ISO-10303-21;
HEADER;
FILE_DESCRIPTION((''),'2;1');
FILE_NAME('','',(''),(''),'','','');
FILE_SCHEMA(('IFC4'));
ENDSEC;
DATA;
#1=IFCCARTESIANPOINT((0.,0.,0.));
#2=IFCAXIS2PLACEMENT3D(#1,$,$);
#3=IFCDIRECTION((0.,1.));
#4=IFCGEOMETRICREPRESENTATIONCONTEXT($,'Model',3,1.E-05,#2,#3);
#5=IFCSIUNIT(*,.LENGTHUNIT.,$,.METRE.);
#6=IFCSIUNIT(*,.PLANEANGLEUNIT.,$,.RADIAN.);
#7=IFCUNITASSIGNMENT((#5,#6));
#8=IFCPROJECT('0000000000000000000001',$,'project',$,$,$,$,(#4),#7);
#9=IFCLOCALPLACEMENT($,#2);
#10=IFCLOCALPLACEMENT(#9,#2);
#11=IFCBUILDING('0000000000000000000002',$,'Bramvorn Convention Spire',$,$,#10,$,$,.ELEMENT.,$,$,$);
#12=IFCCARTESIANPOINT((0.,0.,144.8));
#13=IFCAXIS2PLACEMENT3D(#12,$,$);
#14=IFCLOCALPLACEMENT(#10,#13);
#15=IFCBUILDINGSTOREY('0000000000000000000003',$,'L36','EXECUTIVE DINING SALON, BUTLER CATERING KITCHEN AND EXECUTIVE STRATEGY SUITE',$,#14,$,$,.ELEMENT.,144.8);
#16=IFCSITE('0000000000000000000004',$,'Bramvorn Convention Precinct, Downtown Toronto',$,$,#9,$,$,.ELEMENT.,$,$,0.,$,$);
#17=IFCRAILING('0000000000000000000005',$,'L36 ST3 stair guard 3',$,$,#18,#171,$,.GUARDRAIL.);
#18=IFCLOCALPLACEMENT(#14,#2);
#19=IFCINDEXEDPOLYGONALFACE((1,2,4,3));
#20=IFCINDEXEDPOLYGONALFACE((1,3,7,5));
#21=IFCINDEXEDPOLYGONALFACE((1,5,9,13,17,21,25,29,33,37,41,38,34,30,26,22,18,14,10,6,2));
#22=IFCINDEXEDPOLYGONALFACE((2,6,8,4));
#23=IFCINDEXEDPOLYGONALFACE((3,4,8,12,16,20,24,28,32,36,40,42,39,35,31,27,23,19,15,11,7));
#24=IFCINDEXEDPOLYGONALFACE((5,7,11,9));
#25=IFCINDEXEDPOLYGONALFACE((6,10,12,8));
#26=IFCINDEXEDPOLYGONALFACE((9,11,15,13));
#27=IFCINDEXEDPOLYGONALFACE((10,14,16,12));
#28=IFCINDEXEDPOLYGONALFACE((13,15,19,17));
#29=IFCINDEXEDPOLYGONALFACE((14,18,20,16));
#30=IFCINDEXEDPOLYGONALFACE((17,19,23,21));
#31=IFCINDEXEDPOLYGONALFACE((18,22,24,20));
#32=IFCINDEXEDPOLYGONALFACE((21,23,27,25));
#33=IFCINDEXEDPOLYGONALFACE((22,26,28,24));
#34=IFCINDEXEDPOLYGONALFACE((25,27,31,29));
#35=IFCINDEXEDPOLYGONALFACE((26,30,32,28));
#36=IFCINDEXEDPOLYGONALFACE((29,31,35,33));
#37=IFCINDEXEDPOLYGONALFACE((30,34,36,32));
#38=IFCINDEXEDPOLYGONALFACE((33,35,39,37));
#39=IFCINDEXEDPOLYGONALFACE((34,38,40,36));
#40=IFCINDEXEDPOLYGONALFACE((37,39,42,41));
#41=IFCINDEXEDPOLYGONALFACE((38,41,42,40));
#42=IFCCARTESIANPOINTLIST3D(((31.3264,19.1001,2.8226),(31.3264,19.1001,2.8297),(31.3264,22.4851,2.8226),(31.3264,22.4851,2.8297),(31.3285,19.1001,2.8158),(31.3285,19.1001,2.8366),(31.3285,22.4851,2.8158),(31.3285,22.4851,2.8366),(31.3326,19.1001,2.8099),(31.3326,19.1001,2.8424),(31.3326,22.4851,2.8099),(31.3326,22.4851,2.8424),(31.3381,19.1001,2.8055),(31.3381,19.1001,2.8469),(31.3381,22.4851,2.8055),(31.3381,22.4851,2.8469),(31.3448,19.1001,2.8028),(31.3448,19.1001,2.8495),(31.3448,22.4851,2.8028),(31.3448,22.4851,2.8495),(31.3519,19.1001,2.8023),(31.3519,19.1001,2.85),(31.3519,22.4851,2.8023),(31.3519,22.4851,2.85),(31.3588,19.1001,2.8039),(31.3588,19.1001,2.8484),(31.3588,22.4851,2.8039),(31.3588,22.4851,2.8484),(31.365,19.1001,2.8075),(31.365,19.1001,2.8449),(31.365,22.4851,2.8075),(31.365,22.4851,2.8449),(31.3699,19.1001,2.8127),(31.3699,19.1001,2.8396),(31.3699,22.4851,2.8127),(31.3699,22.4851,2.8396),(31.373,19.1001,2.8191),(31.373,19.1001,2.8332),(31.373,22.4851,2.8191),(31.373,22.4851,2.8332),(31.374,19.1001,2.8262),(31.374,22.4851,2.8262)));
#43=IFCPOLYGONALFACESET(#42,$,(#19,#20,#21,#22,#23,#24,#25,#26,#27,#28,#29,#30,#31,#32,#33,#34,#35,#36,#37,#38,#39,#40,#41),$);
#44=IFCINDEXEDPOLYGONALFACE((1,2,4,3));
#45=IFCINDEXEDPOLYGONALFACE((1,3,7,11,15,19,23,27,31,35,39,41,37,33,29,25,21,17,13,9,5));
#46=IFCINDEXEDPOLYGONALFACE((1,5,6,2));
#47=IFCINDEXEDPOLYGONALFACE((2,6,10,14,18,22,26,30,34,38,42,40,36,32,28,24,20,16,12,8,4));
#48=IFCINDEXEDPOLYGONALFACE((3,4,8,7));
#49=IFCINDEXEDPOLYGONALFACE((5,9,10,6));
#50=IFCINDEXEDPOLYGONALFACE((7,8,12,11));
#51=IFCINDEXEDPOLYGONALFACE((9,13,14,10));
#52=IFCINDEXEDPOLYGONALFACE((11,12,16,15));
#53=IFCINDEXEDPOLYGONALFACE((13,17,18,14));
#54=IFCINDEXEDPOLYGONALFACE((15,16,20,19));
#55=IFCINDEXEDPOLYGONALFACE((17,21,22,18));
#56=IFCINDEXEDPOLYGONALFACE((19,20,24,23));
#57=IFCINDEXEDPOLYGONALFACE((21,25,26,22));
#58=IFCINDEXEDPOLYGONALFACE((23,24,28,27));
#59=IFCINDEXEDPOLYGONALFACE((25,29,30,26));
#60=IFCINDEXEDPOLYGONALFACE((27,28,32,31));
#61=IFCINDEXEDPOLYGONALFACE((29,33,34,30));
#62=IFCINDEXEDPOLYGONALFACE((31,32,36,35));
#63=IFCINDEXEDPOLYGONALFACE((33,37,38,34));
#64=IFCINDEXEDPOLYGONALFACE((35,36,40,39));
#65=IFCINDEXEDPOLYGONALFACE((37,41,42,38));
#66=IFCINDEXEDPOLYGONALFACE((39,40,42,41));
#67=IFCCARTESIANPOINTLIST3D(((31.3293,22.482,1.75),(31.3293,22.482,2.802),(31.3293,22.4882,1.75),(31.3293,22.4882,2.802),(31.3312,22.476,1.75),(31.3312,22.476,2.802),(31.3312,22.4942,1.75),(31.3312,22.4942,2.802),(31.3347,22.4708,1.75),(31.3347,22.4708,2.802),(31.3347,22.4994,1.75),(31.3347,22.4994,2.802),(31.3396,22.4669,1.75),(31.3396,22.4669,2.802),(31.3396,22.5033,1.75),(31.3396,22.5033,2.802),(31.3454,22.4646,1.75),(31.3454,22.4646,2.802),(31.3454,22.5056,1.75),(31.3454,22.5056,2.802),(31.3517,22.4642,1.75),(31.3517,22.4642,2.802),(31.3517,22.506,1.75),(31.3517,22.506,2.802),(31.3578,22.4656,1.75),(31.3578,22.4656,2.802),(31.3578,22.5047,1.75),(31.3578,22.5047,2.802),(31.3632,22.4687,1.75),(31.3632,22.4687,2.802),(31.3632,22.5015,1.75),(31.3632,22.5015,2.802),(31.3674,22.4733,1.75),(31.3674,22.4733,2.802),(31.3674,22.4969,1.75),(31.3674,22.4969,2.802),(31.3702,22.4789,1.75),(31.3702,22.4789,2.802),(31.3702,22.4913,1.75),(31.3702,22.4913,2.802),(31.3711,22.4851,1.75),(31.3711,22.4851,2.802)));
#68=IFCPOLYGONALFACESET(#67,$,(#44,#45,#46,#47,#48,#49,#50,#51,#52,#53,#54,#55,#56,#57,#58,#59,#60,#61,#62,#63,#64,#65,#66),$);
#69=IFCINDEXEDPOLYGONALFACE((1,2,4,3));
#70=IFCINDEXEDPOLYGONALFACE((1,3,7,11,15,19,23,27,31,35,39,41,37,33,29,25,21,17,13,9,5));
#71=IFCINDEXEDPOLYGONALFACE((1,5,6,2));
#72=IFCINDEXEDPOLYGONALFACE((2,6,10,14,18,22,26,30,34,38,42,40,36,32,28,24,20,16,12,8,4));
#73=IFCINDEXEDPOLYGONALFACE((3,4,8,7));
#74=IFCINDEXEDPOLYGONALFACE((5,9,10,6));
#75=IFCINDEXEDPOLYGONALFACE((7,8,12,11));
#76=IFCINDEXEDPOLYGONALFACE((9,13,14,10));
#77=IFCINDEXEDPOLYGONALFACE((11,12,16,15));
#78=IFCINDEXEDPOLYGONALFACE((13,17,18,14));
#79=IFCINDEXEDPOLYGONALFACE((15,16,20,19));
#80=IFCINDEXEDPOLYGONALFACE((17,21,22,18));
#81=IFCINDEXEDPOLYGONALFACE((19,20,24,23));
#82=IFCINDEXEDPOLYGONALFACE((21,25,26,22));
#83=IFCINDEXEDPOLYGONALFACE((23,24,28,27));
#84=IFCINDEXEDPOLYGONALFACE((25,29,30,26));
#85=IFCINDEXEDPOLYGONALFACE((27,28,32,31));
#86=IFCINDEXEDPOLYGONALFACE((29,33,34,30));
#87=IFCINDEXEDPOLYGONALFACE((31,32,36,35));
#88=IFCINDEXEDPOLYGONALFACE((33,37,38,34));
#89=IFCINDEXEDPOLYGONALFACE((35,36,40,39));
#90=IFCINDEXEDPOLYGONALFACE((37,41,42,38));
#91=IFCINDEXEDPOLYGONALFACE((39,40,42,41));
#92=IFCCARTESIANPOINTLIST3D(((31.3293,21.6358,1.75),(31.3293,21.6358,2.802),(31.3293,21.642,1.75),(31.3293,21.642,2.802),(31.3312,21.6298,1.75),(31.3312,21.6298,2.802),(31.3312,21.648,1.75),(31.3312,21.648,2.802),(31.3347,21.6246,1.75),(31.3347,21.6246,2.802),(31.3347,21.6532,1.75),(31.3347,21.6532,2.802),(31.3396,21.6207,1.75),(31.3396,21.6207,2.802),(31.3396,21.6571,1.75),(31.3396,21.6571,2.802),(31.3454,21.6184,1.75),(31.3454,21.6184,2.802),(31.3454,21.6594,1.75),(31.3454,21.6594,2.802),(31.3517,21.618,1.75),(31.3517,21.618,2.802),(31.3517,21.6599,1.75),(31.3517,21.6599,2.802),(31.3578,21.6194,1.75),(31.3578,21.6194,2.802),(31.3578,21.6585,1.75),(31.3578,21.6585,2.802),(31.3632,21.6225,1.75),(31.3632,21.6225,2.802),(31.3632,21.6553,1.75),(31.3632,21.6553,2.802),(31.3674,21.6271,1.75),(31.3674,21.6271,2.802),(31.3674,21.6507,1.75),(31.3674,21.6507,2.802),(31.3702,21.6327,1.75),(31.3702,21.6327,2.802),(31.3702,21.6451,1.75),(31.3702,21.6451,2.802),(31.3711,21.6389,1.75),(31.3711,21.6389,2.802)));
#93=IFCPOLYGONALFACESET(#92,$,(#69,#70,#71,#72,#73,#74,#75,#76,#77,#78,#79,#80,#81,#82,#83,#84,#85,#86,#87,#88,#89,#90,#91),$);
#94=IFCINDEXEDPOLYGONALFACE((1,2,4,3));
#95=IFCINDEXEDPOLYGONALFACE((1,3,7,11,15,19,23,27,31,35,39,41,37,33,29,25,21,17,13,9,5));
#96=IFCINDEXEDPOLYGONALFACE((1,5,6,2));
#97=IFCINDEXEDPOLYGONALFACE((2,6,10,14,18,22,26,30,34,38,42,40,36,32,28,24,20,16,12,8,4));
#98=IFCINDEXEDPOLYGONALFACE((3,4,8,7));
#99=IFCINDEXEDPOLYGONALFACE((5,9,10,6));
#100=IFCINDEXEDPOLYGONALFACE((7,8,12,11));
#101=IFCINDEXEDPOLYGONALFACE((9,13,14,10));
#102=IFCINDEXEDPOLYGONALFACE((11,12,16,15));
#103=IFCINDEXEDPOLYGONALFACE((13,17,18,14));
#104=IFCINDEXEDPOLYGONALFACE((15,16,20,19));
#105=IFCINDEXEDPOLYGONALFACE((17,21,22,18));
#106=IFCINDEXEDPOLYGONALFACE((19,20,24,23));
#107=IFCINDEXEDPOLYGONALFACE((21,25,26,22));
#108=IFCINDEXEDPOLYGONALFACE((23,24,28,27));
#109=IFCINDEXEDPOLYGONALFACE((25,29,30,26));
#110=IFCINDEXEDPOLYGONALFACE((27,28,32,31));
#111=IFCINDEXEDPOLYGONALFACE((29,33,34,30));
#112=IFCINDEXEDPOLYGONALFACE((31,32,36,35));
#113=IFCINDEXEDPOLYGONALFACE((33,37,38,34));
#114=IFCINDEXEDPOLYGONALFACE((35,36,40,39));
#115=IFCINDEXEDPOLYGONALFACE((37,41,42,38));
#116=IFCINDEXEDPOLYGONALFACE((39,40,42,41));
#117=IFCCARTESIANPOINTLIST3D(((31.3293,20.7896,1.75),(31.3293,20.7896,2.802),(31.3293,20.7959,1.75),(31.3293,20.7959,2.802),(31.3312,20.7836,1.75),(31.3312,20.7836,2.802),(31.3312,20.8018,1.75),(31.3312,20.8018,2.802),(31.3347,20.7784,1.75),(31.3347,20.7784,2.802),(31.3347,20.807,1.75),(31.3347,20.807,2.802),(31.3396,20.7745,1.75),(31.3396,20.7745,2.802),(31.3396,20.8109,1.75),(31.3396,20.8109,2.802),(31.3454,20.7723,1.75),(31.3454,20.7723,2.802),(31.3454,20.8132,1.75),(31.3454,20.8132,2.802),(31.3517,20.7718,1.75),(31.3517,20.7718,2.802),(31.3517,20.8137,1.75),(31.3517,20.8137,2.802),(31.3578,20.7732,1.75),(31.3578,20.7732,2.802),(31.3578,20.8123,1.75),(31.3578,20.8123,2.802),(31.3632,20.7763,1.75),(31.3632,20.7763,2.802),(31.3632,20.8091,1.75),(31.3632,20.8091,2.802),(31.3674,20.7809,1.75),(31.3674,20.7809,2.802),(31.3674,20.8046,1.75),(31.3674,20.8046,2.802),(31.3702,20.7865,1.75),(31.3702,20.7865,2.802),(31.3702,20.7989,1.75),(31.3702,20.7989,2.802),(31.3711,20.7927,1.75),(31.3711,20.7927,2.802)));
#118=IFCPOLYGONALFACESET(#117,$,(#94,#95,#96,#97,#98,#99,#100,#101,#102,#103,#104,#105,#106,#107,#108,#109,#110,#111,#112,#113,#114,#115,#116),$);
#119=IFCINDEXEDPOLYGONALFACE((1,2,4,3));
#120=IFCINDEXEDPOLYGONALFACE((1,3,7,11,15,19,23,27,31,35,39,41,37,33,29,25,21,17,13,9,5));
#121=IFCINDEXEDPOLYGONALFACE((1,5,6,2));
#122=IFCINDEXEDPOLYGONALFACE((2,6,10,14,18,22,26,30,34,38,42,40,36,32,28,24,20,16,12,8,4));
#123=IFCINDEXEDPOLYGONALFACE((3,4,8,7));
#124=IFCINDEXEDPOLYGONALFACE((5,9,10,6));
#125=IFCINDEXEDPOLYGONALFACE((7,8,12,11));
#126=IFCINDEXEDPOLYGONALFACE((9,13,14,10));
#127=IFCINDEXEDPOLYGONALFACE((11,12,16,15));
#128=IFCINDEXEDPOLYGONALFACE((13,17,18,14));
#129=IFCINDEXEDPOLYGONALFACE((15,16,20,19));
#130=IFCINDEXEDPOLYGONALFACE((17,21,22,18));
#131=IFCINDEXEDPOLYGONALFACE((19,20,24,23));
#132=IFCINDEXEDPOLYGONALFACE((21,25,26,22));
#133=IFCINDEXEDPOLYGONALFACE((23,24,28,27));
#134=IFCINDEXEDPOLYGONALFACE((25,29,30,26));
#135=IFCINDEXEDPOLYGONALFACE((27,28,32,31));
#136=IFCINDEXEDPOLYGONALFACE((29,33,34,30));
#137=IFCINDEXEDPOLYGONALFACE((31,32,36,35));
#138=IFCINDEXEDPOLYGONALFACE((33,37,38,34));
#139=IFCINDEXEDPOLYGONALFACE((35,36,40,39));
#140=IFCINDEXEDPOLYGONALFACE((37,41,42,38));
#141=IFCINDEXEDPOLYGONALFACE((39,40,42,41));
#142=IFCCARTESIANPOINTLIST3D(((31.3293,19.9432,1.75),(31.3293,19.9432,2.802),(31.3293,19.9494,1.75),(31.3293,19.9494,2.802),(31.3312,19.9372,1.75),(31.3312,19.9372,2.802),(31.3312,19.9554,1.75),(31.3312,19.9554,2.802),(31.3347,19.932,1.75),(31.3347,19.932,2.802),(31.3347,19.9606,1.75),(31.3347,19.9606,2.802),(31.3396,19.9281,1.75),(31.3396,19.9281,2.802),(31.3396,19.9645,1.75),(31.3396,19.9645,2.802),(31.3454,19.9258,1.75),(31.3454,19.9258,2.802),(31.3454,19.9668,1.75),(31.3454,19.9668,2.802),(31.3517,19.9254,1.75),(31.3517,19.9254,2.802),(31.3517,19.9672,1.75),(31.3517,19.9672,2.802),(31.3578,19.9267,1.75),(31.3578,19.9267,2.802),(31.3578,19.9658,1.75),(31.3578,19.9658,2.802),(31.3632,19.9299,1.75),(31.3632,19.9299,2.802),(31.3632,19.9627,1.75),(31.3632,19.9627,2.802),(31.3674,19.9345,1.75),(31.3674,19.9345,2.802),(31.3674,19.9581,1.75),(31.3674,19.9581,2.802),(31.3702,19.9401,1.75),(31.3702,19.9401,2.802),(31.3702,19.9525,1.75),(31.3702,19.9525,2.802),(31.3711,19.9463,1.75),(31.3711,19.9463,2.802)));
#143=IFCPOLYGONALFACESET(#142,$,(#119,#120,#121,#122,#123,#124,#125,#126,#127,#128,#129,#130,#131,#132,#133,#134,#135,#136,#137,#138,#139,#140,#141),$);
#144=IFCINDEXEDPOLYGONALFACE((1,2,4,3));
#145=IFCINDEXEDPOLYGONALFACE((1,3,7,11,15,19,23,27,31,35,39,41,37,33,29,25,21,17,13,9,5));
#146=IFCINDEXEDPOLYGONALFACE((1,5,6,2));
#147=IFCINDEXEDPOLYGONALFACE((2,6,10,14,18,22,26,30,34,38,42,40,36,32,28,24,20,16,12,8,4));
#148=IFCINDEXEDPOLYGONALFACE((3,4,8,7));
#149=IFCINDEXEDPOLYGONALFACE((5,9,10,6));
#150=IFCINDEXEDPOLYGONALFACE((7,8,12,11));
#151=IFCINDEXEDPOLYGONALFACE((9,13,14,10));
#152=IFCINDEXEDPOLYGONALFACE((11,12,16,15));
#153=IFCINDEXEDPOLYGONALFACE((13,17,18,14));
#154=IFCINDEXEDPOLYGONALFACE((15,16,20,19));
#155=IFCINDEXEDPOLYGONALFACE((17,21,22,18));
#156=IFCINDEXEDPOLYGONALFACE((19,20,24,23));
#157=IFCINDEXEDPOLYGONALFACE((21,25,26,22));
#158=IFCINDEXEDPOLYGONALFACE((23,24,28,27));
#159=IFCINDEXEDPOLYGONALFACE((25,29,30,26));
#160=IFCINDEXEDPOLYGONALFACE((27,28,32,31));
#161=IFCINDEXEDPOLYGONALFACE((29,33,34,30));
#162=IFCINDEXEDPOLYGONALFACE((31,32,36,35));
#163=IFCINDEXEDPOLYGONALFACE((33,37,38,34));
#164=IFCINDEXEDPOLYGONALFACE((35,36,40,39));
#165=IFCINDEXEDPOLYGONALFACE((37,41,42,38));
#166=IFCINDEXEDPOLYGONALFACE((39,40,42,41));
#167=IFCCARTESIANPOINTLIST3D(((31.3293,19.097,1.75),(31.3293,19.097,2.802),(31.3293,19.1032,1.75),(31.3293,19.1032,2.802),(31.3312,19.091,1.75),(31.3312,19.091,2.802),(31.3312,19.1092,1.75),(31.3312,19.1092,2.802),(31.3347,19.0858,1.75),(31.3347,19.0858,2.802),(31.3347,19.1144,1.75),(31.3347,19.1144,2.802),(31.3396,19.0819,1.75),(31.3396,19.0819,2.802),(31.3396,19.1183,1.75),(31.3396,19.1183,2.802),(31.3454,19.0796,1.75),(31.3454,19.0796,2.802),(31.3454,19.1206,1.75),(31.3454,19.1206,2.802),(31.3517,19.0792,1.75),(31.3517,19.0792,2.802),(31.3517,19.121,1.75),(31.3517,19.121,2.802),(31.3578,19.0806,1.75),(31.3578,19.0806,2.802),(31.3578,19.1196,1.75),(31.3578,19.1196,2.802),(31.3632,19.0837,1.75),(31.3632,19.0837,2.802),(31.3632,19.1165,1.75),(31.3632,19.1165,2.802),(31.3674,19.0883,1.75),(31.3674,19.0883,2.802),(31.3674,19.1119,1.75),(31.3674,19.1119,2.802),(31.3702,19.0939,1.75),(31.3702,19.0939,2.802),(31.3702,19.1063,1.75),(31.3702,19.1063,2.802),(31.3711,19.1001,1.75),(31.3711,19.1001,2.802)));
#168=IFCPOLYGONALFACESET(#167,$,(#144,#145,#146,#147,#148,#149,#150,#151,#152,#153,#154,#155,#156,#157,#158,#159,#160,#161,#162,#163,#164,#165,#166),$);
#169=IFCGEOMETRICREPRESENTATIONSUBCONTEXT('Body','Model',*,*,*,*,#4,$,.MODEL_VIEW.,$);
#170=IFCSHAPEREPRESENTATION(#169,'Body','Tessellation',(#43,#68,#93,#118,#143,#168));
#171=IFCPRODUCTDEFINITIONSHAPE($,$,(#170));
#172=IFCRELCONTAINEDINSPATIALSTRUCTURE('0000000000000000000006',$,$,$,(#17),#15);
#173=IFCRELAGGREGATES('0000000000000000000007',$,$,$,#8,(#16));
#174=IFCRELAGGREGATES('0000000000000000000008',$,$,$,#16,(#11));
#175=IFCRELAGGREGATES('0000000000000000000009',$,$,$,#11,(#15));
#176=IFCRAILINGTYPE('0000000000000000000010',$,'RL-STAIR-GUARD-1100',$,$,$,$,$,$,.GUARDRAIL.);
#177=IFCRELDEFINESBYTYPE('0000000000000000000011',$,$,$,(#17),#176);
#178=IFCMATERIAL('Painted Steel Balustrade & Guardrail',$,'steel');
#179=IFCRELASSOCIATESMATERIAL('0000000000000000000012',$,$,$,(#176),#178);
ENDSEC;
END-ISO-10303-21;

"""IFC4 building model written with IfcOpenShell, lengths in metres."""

from ifc_helpers import new_model, si_unit, direction, frame, origin, origin_2d, place, context, subcontext, project, spatial, circle, extrude, material, type_object, element, save


model = new_model("IFC4")

# Units and contexts
model_context = context("Model", 3, precision=1e-05, world=origin(), true_north=direction((0.0, 1.0)))
body_context = subcontext(model_context, "Body", "Model", "MODEL_VIEW")
ifc_project = project(units=[si_unit("LENGTHUNIT", "METRE"), si_unit("PLANEANGLEUNIT", "RADIAN")], contexts=[model_context])

# Site, building, storey
site_placement = place(None, origin())
site = spatial("IfcSite", under=ifc_project, at=site_placement, Name="Bramvorn Convention Precinct, Downtown Toronto", CompositionType="ELEMENT", RefElevation=0.0)
building_placement = place(site_placement, origin())
building = spatial("IfcBuilding", under=site, at=building_placement, Name="Bramvorn Convention Spire", CompositionType="ELEMENT")
storey_placement = place(building_placement, frame((0.0, 0.0, 144.8)))
storey = spatial("IfcBuildingStorey", under=building, at=storey_placement, Name="L36", Description="EXECUTIVE DINING SALON, BUTLER CATERING KITCHEN AND EXECUTIVE STRATEGY SUITE", CompositionType="ELEMENT", Elevation=144.8)

# Railing
ifc_material_1 = material(Name="Painted Steel Balustrade & Guardrail", Category="steel")
railing_type_1 = type_object("IfcRailingType", Name="RL-STAIR-GUARD-1100", PredefinedType="GUARDRAIL", material=ifc_material_1)
for number, where, name in (
    (1, (31.3501, 22.4851, 1.75), "L36 ST3 stair guard 3"),
):
    element("IfcRailing", number, at=place(storey_placement, frame(where)), inside=storey, type_object=railing_type_1, Name=name, PredefinedType="GUARDRAIL", context=body_context, shape_type="SweptSolid", body=[
        extrude(circle(Radius=0.0239, at=origin_2d()), frame((0.0, 0.0, 1.0762), z_axis=(0.0, -1.0, 0.0), x_axis=(1.0, 0.0, 0.0)), (0.0, 0.0, 1.0), 3.385),
        extrude(circle(Radius=0.021, at=origin_2d()), origin(), (0.0, 0.0, 1.0), 1.052),
        extrude(circle(Radius=0.021, at=origin_2d()), frame((0.0, -0.8462, 0.0)), (0.0, 0.0, 1.0), 1.052),
        extrude(circle(Radius=0.021, at=origin_2d()), frame((0.0, -1.6924, 0.0)), (0.0, 0.0, 1.0), 1.052),
        extrude(circle(Radius=0.021, at=origin_2d()), frame((0.0, -2.5388, 0.0)), (0.0, 0.0, 1.0), 1.052),
        extrude(circle(Radius=0.021, at=origin_2d()), frame((0.0, -3.385, 0.0)), (0.0, 0.0, 1.0), 1.052),
    ])

save(model, "model.ifc")
